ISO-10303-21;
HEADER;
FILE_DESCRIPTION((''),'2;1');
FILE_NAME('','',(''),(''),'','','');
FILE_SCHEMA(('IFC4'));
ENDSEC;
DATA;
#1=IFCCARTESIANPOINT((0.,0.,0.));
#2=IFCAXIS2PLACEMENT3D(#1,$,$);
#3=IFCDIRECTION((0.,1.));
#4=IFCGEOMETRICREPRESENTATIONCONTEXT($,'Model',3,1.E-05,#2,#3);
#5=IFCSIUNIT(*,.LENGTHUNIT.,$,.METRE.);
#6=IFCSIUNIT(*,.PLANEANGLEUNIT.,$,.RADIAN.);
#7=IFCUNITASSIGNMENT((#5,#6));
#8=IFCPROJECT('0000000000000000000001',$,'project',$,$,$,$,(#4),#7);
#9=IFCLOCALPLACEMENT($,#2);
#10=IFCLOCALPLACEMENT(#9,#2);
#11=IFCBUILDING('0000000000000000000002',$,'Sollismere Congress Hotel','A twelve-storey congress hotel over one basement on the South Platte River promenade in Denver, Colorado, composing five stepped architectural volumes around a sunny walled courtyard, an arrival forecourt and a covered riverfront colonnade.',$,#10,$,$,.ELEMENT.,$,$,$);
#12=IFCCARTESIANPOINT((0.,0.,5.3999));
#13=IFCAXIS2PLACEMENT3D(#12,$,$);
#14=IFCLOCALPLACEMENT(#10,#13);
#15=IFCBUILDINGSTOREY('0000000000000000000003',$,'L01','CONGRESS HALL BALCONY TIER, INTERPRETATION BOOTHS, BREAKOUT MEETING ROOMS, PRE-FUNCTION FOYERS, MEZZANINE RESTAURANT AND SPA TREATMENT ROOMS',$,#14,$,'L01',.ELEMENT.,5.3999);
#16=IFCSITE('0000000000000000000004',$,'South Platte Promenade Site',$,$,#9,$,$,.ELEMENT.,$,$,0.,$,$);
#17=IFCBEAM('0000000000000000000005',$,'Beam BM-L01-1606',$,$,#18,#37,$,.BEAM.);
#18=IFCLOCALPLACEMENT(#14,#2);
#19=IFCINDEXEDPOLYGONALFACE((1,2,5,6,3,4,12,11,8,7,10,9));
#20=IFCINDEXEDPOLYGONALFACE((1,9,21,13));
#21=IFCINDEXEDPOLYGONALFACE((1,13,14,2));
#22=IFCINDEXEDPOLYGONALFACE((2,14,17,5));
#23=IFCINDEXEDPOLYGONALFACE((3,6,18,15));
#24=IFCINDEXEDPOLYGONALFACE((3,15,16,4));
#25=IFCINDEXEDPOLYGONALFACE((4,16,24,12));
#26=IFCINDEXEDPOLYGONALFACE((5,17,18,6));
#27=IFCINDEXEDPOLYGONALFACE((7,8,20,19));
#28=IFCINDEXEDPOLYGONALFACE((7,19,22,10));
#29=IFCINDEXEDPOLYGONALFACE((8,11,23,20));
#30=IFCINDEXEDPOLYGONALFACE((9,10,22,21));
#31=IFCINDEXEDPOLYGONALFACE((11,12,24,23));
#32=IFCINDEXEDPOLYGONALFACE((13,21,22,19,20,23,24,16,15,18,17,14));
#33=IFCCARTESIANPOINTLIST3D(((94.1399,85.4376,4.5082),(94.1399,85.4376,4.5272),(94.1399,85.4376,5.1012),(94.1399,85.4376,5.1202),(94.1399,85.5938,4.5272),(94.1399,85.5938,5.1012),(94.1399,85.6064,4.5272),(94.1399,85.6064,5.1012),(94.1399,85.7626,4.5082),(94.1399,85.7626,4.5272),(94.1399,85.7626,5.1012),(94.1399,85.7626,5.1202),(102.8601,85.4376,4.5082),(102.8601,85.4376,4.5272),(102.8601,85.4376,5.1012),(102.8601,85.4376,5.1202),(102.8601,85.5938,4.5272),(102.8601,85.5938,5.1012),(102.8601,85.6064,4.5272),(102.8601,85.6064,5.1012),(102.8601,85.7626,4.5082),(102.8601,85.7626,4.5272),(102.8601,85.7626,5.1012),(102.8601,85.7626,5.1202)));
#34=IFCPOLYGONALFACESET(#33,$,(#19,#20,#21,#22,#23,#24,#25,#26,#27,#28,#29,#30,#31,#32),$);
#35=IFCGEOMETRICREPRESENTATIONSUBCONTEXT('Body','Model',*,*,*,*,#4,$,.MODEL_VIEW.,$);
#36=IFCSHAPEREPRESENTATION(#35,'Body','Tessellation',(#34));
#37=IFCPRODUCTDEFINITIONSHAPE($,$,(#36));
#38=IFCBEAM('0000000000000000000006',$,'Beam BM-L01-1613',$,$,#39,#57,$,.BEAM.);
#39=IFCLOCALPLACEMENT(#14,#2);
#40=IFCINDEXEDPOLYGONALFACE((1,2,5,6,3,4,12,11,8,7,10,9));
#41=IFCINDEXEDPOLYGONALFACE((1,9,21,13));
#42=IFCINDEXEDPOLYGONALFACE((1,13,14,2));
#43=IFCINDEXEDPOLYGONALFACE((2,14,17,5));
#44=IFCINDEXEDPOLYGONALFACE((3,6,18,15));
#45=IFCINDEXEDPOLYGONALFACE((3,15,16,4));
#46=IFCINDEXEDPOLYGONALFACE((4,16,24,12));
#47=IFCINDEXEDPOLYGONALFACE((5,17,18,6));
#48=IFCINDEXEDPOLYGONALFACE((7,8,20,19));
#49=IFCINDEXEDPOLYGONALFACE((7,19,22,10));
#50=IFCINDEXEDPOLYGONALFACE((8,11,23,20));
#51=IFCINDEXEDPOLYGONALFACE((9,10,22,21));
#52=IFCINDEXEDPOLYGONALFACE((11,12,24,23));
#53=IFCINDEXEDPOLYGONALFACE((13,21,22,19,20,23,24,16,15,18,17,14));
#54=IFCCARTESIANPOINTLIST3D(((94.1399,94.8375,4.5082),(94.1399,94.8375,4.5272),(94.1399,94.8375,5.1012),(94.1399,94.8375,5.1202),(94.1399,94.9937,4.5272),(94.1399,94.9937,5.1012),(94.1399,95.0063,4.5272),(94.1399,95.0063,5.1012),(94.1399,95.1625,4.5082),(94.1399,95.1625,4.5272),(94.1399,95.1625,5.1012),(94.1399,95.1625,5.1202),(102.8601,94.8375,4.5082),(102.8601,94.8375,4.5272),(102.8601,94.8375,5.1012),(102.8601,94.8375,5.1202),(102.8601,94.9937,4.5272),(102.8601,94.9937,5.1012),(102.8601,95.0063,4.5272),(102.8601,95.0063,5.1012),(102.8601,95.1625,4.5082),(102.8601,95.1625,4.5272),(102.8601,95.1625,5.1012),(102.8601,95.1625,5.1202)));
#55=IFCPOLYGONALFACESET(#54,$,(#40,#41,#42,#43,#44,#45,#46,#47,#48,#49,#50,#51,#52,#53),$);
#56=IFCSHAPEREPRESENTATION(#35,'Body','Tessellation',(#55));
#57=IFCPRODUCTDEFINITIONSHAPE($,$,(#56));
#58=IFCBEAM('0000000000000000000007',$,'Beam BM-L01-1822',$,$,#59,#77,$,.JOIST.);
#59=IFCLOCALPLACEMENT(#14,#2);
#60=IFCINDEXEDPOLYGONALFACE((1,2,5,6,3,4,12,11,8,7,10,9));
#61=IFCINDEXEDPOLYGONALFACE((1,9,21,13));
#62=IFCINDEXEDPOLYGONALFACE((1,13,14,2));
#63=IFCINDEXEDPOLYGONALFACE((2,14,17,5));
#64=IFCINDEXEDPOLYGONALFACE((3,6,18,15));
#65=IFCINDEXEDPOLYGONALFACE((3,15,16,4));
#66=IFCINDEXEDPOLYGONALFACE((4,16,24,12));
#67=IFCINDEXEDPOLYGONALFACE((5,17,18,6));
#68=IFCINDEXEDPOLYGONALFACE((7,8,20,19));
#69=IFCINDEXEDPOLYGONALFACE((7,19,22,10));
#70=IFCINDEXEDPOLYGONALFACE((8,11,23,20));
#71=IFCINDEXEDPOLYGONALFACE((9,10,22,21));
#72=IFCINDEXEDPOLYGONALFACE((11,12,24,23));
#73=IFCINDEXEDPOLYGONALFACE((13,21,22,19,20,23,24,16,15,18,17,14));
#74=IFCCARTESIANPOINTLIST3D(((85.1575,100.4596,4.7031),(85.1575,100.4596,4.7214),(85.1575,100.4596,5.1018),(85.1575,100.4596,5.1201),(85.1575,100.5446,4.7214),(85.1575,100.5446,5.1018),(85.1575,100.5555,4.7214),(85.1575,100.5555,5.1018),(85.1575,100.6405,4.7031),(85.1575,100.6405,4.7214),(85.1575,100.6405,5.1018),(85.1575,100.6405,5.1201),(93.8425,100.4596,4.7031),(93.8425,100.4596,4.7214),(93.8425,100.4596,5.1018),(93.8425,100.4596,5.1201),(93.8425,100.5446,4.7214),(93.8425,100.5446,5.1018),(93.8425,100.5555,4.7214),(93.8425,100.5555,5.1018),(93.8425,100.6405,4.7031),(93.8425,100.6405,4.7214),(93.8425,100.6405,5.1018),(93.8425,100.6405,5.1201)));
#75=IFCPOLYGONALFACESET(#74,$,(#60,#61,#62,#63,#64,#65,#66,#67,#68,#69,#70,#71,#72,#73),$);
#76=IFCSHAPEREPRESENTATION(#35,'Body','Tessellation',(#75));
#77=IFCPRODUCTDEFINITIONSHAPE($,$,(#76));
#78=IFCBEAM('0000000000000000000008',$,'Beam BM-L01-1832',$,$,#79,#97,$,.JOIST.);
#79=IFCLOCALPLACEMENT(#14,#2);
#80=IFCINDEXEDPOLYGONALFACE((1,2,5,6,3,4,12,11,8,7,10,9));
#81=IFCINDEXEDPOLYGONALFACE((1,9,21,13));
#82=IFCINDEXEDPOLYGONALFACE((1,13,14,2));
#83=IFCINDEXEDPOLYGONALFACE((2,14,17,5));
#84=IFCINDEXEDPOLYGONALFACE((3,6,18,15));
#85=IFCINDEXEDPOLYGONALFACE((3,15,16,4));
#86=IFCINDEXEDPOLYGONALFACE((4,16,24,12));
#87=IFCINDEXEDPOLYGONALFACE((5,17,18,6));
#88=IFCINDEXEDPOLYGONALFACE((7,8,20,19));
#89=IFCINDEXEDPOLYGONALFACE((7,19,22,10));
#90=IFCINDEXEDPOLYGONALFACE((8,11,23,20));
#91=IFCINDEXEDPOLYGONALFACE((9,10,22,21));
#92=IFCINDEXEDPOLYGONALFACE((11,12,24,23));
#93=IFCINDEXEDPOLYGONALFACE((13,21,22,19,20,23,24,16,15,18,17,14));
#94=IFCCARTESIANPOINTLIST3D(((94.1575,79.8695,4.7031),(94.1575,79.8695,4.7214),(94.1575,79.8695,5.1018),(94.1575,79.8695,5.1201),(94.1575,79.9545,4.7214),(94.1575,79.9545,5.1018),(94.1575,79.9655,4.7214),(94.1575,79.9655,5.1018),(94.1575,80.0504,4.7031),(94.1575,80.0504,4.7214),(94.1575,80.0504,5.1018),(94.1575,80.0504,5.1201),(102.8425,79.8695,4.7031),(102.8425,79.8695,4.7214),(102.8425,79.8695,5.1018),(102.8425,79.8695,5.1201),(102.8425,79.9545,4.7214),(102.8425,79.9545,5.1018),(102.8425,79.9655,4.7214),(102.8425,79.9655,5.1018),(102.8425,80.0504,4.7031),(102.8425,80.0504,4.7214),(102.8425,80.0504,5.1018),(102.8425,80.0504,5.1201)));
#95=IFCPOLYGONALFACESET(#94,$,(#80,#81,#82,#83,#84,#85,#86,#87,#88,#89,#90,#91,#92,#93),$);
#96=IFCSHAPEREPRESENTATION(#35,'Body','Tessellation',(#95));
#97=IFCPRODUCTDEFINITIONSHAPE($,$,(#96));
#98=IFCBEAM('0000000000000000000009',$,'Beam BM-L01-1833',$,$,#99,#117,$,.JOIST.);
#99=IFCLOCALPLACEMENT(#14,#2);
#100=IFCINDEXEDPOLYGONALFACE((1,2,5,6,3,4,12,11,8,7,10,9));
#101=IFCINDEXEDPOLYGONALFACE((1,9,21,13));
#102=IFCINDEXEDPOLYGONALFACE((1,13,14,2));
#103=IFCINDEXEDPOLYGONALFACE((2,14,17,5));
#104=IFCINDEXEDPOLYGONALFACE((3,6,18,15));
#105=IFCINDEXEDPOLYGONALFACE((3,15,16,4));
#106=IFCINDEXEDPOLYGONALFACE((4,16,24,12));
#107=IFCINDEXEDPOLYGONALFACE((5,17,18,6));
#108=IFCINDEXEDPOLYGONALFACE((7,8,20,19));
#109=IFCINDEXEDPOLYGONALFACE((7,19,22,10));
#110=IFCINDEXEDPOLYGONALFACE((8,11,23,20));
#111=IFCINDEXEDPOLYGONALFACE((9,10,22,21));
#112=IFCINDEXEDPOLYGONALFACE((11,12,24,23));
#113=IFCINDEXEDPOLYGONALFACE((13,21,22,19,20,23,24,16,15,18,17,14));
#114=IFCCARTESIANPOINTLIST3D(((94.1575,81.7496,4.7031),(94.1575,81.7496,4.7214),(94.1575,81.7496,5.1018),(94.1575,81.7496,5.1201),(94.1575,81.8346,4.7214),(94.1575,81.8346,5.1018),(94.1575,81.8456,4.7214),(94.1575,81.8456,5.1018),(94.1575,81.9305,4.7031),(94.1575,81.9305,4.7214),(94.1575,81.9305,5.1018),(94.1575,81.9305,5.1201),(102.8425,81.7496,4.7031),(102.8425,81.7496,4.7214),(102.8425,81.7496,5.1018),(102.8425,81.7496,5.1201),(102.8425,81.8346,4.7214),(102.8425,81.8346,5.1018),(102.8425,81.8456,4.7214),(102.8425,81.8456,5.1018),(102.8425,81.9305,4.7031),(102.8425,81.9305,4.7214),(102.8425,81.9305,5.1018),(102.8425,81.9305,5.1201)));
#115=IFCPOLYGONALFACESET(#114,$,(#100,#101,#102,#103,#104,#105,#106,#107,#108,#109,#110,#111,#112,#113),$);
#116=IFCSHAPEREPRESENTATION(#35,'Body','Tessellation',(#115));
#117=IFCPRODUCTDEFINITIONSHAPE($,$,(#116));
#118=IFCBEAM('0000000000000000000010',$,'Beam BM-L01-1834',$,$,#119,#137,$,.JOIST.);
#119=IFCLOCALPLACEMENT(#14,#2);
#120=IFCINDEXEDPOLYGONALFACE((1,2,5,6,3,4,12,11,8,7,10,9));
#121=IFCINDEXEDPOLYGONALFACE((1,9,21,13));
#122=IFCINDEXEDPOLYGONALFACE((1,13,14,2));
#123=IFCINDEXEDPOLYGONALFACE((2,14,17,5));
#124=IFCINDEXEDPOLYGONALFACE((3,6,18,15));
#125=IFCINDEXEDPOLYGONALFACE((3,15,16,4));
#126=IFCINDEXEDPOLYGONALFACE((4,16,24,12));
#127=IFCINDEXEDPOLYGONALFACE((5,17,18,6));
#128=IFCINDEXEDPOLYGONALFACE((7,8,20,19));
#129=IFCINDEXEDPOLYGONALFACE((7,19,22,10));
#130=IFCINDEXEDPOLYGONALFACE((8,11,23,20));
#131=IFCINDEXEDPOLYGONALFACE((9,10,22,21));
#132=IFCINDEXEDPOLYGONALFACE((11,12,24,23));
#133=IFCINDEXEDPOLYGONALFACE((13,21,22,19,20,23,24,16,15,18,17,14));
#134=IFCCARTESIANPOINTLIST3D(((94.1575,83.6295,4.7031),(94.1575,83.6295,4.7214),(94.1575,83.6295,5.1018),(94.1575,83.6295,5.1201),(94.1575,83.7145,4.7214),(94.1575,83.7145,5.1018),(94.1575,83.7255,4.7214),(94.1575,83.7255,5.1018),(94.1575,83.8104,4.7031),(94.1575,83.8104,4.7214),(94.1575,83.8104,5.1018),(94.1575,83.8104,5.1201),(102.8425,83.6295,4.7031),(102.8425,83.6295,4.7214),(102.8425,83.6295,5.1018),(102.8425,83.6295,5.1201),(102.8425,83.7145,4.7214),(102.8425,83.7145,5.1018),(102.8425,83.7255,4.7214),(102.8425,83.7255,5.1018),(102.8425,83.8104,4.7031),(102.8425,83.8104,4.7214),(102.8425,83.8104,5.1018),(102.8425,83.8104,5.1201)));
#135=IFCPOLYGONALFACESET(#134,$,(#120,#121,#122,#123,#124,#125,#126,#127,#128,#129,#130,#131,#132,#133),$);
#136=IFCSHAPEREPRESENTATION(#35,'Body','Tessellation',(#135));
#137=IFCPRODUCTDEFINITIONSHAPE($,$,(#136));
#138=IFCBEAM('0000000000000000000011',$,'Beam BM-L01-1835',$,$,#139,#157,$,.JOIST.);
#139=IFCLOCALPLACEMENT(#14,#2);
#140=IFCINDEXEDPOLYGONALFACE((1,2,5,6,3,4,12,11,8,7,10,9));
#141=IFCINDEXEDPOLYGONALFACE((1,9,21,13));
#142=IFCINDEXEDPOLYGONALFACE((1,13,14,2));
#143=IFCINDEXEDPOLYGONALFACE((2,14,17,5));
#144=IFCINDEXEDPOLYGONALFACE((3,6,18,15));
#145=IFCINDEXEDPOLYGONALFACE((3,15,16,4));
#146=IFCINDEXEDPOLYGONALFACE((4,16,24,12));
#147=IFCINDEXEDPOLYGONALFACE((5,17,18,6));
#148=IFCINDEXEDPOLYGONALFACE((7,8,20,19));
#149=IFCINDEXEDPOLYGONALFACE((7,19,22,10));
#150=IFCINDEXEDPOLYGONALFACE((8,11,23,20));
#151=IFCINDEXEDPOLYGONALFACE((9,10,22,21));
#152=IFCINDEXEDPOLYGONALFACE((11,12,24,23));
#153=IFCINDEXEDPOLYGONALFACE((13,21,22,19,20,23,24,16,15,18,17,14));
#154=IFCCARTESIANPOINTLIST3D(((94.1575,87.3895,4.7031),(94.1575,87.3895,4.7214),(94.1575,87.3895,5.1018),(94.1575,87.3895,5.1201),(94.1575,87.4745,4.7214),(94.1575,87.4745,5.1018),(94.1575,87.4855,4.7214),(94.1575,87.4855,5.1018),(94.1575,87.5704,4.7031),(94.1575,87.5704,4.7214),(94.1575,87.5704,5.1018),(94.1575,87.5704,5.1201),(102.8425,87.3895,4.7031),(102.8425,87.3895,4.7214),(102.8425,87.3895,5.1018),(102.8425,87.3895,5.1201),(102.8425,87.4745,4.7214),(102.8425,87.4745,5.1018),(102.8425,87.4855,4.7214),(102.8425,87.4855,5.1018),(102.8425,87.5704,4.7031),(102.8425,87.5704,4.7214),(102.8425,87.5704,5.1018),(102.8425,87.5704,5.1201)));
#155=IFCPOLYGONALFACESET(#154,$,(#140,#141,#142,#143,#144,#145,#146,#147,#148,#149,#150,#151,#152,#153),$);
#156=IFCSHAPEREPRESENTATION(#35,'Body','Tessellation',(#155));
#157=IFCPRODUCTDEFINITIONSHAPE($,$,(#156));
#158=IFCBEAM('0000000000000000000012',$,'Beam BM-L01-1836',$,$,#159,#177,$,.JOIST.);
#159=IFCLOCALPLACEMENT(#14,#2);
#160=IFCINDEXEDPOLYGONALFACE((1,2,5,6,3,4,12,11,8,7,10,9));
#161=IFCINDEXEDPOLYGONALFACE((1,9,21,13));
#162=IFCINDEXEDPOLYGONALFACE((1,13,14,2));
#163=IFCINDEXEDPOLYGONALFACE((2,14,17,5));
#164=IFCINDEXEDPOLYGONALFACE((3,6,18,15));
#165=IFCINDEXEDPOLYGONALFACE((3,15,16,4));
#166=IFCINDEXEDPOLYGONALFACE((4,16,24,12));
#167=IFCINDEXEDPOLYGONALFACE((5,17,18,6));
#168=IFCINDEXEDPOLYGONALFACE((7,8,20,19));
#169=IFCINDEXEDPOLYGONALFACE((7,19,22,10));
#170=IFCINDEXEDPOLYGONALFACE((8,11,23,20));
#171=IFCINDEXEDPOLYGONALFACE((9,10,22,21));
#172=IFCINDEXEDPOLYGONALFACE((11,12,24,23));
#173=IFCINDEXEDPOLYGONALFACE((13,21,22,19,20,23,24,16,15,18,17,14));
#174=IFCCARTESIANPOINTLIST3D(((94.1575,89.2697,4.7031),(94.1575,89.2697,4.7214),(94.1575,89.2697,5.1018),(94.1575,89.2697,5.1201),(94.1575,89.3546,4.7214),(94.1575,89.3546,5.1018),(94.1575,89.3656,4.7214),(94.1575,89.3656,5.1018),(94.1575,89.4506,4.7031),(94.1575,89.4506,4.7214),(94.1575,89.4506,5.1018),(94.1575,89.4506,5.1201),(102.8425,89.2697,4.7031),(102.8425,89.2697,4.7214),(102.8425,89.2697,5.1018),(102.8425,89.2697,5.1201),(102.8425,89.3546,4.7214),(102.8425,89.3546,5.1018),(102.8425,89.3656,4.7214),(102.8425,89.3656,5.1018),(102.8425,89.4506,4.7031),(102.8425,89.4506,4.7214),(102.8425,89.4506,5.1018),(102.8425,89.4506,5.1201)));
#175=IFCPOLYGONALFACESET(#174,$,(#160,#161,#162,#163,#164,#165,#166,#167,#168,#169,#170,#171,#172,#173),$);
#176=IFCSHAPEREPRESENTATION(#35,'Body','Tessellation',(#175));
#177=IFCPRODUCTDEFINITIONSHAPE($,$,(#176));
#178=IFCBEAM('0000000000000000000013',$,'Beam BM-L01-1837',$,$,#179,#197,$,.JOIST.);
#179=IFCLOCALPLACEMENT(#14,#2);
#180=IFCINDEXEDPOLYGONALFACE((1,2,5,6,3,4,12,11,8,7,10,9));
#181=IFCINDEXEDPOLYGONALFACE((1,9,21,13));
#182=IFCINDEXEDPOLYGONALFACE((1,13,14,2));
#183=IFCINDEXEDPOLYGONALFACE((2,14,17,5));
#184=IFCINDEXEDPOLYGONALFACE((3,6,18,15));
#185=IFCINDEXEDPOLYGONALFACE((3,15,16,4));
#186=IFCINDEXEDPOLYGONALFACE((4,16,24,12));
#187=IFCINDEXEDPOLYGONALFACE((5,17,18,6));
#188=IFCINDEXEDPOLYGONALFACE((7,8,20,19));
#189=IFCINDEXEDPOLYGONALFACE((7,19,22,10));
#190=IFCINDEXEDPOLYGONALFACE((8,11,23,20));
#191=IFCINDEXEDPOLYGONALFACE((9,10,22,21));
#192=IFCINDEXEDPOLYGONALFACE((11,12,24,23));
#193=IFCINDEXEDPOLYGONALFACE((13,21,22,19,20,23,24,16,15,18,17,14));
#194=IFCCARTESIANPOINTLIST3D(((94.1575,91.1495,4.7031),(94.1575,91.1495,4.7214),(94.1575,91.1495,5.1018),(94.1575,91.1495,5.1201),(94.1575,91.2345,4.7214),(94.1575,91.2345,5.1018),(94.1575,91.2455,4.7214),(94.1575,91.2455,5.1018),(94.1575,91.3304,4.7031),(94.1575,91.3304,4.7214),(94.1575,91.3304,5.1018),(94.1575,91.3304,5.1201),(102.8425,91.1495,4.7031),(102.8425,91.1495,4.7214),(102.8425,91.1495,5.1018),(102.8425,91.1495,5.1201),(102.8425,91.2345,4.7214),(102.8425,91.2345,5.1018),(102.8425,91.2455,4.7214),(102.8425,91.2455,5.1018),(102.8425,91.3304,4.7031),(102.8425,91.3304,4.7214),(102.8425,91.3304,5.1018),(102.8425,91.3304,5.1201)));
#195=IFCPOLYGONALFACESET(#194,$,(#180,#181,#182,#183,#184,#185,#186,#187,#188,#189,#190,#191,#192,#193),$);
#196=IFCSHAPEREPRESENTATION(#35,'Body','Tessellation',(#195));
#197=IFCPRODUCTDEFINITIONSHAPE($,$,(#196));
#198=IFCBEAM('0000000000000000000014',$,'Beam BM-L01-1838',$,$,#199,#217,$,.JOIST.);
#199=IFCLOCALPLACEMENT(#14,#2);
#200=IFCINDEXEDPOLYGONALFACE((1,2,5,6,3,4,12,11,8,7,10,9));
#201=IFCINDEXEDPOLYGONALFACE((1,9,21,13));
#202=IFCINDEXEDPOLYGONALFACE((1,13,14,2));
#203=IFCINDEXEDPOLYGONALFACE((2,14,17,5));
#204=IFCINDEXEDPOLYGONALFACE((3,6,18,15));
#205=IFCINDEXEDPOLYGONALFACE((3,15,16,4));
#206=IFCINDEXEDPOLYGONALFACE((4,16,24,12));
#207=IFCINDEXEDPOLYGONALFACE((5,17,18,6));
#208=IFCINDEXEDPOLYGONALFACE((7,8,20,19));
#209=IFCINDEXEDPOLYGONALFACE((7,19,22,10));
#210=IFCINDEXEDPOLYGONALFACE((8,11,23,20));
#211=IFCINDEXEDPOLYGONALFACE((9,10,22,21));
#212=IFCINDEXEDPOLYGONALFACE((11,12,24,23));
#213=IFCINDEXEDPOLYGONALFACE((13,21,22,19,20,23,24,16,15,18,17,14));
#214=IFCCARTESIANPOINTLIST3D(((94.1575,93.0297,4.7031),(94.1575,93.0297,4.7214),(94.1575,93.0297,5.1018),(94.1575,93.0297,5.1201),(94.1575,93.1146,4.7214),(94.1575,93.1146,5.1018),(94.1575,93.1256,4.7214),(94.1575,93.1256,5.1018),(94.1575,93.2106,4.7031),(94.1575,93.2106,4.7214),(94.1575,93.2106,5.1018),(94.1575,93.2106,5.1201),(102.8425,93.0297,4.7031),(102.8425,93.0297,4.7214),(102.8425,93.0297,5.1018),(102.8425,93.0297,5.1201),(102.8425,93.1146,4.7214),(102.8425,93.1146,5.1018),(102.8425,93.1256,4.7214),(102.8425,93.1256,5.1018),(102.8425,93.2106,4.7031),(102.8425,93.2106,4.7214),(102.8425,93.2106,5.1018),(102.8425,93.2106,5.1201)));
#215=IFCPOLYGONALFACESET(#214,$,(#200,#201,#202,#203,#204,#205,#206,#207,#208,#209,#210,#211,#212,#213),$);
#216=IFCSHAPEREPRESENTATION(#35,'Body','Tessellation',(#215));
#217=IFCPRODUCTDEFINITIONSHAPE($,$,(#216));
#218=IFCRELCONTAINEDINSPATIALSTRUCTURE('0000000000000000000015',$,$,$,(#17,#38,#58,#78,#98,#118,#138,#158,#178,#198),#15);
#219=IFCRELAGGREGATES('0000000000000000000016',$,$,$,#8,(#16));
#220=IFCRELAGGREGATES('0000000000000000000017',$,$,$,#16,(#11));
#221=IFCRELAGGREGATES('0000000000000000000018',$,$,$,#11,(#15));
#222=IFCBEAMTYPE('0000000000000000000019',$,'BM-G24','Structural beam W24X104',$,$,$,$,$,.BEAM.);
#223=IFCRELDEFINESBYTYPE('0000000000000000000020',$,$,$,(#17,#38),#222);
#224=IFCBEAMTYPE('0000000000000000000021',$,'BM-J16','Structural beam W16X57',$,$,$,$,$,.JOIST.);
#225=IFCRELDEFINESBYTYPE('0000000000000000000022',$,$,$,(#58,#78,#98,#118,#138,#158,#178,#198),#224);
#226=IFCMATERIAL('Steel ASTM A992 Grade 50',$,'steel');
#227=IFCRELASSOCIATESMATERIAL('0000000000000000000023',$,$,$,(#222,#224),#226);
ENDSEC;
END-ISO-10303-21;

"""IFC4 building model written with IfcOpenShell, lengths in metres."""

from ifc_helpers import new_model, si_unit, direction, frame, origin, origin_2d, place, context, subcontext, project, spatial, i_section, extrude, material, material_profile, profile_set, type_object, element, save


model = new_model("IFC4")

# Units and contexts
model_context = context("Model", 3, precision=1e-05, world=origin(), true_north=direction((0.0, 1.0)))
body_context = subcontext(model_context, "Body", "Model", "MODEL_VIEW")
ifc_project = project(units=[si_unit("LENGTHUNIT", "METRE"), si_unit("PLANEANGLEUNIT", "RADIAN")], contexts=[model_context])

# Site, building, storey
site_placement = place(None, origin())
site = spatial("IfcSite", under=ifc_project, at=site_placement, Name="South Platte Promenade Site", CompositionType="ELEMENT", RefElevation=0.0)
building_placement = place(site_placement, origin())
building = spatial("IfcBuilding", under=site, at=building_placement, Name="Sollismere Congress Hotel", Description="A twelve-storey congress hotel over one basement on the South Platte River promenade in Denver, Colorado, composing five stepped architectural volumes around a sunny walled courtyard, an arrival forecourt and a covered riverfront colonnade.", CompositionType="ELEMENT")
storey_placement = place(building_placement, frame((0.0, 0.0, 5.3999)))
storey = spatial("IfcBuildingStorey", under=building, at=storey_placement, Name="L01", Description="CONGRESS HALL BALCONY TIER, INTERPRETATION BOOTHS, BREAKOUT MEETING ROOMS, PRE-FUNCTION FOYERS, MEZZANINE RESTAURANT AND SPA TREATMENT ROOMS", LongName="L01", CompositionType="ELEMENT", Elevation=5.3999)

# Shared definitions
ifc_material_1 = material(Name="Steel ASTM A992 Grade 50", Category="steel")

# Beams
ifc_material_profile_1 = material_profile(ifc_material_1, i_section(OverallWidth=0.325, OverallDepth=0.6121, WebThickness=0.0127, FlangeThickness=0.019, at=origin_2d()), Name="W24X104")
ifc_profile_set_1 = profile_set([ifc_material_profile_1], Name="Steel ASTM A992 Grade 50")
beam_type_1 = type_object("IfcBeamType", Name="BM-G24", Description="Structural beam W24X104", PredefinedType="BEAM", material=ifc_profile_set_1)
for number, where, z_axis, x_axis, name in (
    (1, (94.1399, 85.6001, 4.8142), (1.0, 0.0, 0.0), (0.0, 1.0, 0.0), "Beam BM-L01-1606"),
    (2, (94.1399, 95.0, 4.8142), (1.0, 0.0, 0.0), (0.0, 1.0, 0.0), "Beam BM-L01-1613"),
):
    element("IfcBeam", number, at=place(storey_placement, frame(where, z_axis=z_axis, x_axis=x_axis)), inside=storey, type_object=beam_type_1, Name=name, PredefinedType="BEAM", context=body_context, shape_type="SweptSolid", body=[
        extrude(i_section(OverallWidth=0.325, OverallDepth=0.6121, WebThickness=0.0127, FlangeThickness=0.019, at=origin_2d()), origin(), (0.0, 0.0, 1.0), 8.7202),
    ])
ifc_material_profile_2 = material_profile(ifc_material_1, i_section(OverallWidth=0.1809, OverallDepth=0.417, WebThickness=0.011, FlangeThickness=0.0183, at=origin_2d()), Name="W16X57")
ifc_profile_set_2 = profile_set([ifc_material_profile_2], Name="Steel ASTM A992 Grade 50")
beam_type_2 = type_object("IfcBeamType", Name="BM-J16", Description="Structural beam W16X57", PredefinedType="JOIST", material=ifc_profile_set_2)
for number, where, z_axis, x_axis, name in (
    (3, (85.1575, 100.55, 4.9116), (1.0, 0.0, 0.0), (0.0, 1.0, 0.0), "Beam BM-L01-1822"),
    (4, (94.1575, 79.96, 4.9116), (1.0, 0.0, 0.0), (0.0, 1.0, 0.0), "Beam BM-L01-1832"),
    (5, (94.1575, 81.8401, 4.9116), (1.0, 0.0, 0.0), (0.0, 1.0, 0.0), "Beam BM-L01-1833"),
    (6, (94.1575, 83.72, 4.9116), (1.0, 0.0, 0.0), (0.0, 1.0, 0.0), "Beam BM-L01-1834"),
    (7, (94.1575, 87.48, 4.9116), (1.0, 0.0, 0.0), (0.0, 1.0, 0.0), "Beam BM-L01-1835"),
    (8, (94.1575, 89.3601, 4.9116), (1.0, 0.0, 0.0), (0.0, 1.0, 0.0), "Beam BM-L01-1836"),
    (9, (94.1575, 91.24, 4.9116), (1.0, 0.0, 0.0), (0.0, 1.0, 0.0), "Beam BM-L01-1837"),
    (10, (94.1575, 93.1201, 4.9116), (1.0, 0.0, 0.0), (0.0, 1.0, 0.0), "Beam BM-L01-1838"),
):
    element("IfcBeam", number, at=place(storey_placement, frame(where, z_axis=z_axis, x_axis=x_axis)), inside=storey, type_object=beam_type_2, Name=name, PredefinedType="JOIST", context=body_context, shape_type="SweptSolid", body=[
        extrude(i_section(OverallWidth=0.1809, OverallDepth=0.417, WebThickness=0.011, FlangeThickness=0.0183, at=origin_2d()), origin(), (0.0, 0.0, 1.0), 8.6851),
    ])

save(model, "model.ifc")
